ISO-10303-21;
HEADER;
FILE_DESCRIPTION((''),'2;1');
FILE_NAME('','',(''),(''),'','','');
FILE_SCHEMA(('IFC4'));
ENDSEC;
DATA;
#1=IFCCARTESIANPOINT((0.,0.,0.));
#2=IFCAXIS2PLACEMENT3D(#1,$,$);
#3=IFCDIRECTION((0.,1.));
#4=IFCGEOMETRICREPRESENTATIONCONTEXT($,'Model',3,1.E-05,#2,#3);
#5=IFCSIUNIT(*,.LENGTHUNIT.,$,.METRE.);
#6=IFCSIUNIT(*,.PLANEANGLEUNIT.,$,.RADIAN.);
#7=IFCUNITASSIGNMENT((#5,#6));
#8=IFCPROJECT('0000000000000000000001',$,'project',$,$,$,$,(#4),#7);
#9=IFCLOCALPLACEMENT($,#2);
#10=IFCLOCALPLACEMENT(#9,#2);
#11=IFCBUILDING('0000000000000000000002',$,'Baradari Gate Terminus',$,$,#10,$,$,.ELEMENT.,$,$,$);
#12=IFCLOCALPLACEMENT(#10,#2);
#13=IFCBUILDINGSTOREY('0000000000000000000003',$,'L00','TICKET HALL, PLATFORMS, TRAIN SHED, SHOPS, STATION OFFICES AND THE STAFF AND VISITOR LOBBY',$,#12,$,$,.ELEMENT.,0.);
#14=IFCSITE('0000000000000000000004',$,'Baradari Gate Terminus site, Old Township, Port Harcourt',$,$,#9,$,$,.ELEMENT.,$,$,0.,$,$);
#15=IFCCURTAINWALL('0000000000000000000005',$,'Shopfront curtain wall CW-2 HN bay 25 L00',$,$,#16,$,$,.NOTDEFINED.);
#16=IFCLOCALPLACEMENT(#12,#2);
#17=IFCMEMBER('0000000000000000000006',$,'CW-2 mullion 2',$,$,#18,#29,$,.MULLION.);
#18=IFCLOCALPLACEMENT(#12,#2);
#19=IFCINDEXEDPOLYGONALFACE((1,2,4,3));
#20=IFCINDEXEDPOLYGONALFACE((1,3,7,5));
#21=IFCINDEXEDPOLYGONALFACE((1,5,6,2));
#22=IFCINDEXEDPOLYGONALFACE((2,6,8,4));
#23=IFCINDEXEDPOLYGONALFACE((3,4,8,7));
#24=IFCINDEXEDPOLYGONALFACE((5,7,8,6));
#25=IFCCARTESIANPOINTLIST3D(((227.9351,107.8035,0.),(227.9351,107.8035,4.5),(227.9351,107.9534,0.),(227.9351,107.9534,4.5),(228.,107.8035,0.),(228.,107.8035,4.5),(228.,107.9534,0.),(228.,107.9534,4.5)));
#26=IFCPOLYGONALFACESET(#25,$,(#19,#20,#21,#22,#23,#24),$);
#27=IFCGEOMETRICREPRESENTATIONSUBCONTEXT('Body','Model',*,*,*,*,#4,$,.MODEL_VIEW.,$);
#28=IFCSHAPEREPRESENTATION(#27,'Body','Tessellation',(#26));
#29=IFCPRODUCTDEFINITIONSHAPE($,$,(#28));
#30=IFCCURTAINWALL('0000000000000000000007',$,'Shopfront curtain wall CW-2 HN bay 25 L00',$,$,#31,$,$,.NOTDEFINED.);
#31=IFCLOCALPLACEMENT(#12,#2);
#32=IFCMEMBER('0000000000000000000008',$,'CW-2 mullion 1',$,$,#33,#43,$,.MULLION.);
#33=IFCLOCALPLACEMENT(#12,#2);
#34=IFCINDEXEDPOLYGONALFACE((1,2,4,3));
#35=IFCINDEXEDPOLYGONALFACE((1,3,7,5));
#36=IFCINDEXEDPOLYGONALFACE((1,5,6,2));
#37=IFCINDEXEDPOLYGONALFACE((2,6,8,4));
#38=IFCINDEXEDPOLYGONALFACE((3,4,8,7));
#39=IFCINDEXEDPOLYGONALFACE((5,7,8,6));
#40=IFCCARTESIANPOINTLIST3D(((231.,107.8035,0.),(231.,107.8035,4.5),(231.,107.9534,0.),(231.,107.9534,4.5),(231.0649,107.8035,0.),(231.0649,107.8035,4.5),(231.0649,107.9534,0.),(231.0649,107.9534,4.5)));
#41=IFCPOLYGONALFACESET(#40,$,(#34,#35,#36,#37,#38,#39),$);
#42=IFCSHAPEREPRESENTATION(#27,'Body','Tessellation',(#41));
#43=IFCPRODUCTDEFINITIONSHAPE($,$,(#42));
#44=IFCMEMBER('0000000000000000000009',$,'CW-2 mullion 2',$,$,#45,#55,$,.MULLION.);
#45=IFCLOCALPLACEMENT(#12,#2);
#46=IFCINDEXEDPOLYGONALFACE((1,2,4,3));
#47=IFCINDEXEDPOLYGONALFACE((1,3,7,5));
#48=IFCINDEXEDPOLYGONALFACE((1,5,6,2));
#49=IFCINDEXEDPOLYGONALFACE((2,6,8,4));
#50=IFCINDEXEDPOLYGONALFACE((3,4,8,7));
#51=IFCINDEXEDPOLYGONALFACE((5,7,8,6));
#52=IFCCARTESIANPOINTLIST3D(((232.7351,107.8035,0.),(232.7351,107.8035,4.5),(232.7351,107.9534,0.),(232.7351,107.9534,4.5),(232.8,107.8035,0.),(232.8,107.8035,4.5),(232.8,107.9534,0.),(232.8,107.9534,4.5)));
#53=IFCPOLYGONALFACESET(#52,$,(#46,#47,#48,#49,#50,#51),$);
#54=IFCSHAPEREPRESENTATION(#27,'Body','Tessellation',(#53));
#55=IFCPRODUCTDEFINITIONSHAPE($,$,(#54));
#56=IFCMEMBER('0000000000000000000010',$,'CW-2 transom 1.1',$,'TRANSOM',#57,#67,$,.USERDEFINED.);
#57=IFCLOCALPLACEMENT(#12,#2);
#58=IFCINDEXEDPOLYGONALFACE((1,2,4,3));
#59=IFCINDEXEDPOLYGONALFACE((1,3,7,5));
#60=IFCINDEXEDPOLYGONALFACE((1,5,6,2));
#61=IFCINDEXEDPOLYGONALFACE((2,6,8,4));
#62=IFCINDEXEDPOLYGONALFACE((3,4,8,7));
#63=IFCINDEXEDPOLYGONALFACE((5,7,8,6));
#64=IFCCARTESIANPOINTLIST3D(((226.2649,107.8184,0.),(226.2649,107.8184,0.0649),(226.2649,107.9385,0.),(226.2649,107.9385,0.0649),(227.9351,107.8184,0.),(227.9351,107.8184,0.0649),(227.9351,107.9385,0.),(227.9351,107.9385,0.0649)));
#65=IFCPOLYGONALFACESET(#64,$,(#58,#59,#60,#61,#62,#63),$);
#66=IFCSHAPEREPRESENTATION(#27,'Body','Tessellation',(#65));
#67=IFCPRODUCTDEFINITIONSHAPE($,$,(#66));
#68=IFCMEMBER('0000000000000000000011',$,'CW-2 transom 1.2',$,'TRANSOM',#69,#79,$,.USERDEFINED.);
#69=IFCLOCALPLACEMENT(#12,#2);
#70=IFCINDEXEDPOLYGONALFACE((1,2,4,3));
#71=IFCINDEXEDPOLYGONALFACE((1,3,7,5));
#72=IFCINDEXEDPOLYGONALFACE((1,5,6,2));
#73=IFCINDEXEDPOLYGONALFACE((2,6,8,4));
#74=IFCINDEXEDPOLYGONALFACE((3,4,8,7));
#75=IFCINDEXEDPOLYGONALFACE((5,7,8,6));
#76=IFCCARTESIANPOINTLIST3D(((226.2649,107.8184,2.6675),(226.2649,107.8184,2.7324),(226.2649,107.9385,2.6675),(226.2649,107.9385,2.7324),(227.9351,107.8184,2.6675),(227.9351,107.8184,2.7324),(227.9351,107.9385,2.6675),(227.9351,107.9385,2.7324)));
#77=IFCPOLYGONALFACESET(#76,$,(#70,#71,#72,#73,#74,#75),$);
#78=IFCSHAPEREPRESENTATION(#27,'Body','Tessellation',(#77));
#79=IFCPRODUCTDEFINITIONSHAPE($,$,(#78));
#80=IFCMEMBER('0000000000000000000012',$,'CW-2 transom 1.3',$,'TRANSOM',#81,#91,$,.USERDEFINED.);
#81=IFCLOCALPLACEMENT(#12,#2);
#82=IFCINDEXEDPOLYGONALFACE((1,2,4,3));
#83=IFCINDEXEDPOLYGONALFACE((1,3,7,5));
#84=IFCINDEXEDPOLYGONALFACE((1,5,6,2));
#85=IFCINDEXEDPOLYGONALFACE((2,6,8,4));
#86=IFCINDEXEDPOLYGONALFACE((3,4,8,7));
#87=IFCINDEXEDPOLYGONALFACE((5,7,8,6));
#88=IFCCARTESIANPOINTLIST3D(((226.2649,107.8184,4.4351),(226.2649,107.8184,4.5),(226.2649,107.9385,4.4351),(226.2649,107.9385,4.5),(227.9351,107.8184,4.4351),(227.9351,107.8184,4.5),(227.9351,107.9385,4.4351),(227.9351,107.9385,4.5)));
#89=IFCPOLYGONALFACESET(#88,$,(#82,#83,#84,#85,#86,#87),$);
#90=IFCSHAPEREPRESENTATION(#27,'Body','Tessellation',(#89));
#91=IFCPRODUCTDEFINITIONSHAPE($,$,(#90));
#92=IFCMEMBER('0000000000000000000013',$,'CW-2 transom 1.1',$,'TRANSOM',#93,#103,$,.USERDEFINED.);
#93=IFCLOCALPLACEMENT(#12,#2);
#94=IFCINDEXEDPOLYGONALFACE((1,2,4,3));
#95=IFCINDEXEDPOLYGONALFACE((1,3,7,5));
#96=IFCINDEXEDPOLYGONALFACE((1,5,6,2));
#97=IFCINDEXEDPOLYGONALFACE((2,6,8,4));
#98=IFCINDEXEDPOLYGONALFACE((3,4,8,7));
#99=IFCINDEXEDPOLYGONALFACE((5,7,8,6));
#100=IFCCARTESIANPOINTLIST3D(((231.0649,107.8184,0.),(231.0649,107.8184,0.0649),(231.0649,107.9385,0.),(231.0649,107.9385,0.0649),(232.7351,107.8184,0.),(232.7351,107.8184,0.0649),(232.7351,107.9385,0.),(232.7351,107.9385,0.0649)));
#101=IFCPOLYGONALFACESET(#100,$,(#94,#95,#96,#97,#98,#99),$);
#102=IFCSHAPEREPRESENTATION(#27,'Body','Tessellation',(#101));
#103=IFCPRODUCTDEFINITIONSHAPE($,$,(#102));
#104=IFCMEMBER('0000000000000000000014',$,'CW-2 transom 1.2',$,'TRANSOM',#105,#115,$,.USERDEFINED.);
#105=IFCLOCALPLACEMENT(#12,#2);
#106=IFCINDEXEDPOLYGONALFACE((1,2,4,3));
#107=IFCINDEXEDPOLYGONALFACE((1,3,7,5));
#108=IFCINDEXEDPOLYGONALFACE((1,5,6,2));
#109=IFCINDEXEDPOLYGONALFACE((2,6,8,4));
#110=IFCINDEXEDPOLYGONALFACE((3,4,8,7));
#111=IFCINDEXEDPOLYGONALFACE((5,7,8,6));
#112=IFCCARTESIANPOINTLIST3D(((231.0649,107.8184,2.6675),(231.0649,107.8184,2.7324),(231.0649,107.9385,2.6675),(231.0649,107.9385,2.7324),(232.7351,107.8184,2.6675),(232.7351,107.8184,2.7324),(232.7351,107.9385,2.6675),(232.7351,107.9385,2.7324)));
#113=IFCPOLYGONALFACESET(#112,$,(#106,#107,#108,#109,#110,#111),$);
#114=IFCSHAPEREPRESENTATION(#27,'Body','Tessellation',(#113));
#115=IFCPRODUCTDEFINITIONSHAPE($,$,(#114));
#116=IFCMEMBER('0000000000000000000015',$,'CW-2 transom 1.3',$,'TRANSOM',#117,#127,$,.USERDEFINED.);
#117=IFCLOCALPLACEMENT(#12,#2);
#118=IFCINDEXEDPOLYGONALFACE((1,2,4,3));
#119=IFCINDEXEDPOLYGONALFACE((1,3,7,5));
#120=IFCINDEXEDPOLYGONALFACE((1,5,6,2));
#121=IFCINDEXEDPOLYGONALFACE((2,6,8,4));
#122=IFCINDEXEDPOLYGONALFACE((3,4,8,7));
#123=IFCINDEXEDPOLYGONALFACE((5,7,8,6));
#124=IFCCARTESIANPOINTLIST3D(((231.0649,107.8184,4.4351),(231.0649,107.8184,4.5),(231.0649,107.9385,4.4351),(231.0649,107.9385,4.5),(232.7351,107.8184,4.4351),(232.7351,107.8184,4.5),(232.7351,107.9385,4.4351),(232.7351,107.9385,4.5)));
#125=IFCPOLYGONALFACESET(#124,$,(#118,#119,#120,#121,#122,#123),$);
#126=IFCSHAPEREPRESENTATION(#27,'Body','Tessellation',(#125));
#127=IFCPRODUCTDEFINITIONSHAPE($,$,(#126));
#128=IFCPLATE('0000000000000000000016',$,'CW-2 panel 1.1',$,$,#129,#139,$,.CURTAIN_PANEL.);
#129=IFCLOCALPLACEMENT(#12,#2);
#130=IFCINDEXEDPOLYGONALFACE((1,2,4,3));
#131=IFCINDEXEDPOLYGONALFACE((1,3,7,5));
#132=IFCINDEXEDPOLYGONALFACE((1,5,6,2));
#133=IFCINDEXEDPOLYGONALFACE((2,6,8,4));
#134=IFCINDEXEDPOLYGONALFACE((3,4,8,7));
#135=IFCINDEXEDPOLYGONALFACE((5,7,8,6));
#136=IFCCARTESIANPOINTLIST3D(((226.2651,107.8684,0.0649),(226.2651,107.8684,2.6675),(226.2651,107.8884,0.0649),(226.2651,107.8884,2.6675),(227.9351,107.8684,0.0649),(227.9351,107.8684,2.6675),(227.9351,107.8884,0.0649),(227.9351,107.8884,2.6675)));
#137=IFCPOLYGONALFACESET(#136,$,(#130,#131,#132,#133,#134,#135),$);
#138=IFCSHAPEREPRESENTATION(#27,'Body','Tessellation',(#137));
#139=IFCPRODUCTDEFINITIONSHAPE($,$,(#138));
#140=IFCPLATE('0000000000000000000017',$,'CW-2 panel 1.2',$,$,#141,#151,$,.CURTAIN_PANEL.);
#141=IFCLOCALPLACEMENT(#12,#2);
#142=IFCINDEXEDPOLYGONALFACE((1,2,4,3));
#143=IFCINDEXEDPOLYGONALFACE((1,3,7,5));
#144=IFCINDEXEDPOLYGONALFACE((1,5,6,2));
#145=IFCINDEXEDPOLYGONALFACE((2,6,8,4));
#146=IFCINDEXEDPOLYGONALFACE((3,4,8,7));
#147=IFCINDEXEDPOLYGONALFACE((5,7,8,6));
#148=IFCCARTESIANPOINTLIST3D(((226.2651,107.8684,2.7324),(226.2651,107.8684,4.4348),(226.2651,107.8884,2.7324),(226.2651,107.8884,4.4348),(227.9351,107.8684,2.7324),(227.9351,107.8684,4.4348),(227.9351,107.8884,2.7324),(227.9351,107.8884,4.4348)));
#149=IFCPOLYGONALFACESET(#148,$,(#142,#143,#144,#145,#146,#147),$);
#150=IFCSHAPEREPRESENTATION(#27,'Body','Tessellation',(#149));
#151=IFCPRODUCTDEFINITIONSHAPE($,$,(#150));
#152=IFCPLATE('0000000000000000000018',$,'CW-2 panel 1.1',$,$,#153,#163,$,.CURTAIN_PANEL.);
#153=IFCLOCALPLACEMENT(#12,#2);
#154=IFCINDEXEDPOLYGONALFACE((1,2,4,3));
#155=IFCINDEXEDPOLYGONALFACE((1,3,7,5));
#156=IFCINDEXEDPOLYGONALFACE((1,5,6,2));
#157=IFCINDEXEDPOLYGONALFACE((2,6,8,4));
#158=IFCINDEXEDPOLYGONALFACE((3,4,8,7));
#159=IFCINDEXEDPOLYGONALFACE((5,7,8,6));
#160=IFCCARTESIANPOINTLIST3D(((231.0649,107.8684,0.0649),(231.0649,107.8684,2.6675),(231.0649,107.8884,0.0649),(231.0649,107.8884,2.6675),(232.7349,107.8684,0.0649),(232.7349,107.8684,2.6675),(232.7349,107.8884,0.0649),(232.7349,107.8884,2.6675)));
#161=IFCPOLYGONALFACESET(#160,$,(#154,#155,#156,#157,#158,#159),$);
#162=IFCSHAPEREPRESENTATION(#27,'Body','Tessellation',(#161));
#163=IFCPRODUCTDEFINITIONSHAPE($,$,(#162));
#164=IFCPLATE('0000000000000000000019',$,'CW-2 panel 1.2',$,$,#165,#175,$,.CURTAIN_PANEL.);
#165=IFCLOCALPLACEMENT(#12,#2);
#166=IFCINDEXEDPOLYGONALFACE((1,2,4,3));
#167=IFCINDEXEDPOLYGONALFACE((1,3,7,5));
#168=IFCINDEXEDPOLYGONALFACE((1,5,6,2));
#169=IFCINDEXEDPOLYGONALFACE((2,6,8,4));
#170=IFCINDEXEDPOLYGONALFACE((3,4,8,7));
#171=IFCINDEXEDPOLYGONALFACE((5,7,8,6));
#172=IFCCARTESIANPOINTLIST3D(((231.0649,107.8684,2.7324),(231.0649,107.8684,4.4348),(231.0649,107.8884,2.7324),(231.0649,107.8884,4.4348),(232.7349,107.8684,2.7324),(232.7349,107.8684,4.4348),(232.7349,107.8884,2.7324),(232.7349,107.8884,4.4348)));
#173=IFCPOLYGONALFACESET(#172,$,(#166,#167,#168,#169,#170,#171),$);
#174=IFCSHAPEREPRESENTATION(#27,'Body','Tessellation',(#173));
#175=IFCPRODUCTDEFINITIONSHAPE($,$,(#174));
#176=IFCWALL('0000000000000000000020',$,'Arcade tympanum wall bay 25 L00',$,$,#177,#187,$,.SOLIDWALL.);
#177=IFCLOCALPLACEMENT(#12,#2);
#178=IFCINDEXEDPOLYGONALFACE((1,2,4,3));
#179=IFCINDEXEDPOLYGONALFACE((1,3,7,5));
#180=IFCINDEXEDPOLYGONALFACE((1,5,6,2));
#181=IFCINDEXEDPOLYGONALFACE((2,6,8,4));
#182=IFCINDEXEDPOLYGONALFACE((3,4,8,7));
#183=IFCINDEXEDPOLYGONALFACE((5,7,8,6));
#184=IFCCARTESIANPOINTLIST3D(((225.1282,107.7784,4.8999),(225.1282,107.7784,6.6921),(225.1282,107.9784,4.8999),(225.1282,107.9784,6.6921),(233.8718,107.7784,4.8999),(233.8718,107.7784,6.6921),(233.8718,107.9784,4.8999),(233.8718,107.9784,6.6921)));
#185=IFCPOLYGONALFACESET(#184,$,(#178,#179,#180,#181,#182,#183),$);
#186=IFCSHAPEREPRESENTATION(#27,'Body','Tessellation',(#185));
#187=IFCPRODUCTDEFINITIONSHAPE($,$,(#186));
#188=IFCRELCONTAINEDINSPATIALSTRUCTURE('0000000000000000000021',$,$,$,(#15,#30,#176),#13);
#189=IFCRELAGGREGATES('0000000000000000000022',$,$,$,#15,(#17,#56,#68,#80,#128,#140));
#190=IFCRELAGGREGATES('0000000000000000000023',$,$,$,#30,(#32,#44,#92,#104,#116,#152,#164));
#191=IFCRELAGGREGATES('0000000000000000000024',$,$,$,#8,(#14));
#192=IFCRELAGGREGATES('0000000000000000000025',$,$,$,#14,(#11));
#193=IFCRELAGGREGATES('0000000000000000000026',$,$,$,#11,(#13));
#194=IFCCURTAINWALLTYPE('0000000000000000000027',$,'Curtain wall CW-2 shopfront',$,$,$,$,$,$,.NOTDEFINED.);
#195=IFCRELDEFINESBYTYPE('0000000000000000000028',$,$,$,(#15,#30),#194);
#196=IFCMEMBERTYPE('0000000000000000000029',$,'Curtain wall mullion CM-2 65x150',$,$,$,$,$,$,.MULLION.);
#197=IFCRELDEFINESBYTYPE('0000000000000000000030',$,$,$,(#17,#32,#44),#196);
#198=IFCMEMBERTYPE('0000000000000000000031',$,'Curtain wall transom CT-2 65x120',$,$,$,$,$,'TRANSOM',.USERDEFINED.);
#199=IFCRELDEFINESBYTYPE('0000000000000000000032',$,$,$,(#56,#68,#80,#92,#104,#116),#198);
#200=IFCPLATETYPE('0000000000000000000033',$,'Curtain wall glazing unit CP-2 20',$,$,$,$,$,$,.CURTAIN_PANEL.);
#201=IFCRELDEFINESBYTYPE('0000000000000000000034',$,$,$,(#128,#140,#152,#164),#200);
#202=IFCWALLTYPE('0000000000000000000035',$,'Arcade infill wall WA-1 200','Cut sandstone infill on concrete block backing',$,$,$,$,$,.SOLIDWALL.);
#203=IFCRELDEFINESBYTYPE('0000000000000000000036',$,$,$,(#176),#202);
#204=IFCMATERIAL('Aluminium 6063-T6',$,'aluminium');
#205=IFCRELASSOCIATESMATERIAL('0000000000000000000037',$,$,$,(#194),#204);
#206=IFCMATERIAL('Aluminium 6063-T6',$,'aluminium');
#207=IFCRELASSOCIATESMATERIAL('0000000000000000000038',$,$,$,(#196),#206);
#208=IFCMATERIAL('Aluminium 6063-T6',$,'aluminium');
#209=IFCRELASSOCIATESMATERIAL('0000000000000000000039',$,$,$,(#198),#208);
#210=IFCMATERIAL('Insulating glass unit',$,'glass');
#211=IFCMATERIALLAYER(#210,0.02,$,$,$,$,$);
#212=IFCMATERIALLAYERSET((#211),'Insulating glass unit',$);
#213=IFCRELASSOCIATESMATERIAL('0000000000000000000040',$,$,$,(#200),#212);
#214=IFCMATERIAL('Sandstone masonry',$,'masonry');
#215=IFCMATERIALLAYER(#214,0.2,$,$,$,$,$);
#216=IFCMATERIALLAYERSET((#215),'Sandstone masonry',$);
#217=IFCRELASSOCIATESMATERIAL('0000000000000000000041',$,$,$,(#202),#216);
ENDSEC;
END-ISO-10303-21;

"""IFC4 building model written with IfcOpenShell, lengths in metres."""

from ifc_helpers import new_model, si_unit, direction, frame, frame_2d, origin, origin_2d, place, context, subcontext, project, spatial, rectangle, extrude, material, layer, layer_set, material_profile, profile_set, type_object, element, aggregate, save


model = new_model("IFC4")

# Units and contexts
model_context = context("Model", 3, precision=1e-05, world=origin(), true_north=direction((0.0, 1.0)))
body_context = subcontext(model_context, "Body", "Model", "MODEL_VIEW")
ifc_project = project(units=[si_unit("LENGTHUNIT", "METRE"), si_unit("PLANEANGLEUNIT", "RADIAN")], contexts=[model_context])

# Site, building, storey
site_placement = place(None, origin())
site = spatial("IfcSite", under=ifc_project, at=site_placement, Name="Baradari Gate Terminus site, Old Township, Port Harcourt", CompositionType="ELEMENT", RefElevation=0.0)
building_placement = place(site_placement, origin())
building = spatial("IfcBuilding", under=site, at=building_placement, Name="Baradari Gate Terminus", CompositionType="ELEMENT")
storey_placement = place(building_placement, origin())
storey = spatial("IfcBuildingStorey", under=building, at=storey_placement, Name="L00", Description="TICKET HALL, PLATFORMS, TRAIN SHED, SHOPS, STATION OFFICES AND THE STAFF AND VISITOR LOBBY", CompositionType="ELEMENT", Elevation=0.0)

# Curtain walls, members
ifc_material_1 = material(Name="Aluminium 6063-T6", Category="aluminium")
curtain_wall_type = type_object("IfcCurtainWallType", Name="Curtain wall CW-2 shopfront", PredefinedType="NOTDEFINED", material=ifc_material_1)
curtain_wall_1_placement = place(storey_placement, origin())
curtain_wall_1 = element("IfcCurtainWall", 1, at=curtain_wall_1_placement, inside=storey, type_object=curtain_wall_type, Name="Shopfront curtain wall CW-2 HN bay 25 L00", PredefinedType="NOTDEFINED")
ifc_material_2 = material(Name="Aluminium 6063-T6", Category="aluminium")
ifc_material_profile_1 = material_profile(ifc_material_2, rectangle(XDim=0.1499, YDim=0.0649, at=origin_2d()), Name="CM-2 65X150")
ifc_profile_set_1 = profile_set([ifc_material_profile_1], Name="Aluminium 6063-T6")
member_type_1 = type_object("IfcMemberType", Name="Curtain wall mullion CM-2 65x150", PredefinedType="MULLION", material=ifc_profile_set_1)
member_1_placement = place(storey_placement, frame((227.9675, 107.8784, 0.0), z_axis=(0.0, 0.0, 1.0), x_axis=(0.0, 1.0, 0.0)))
member_1 = element("IfcMember", 2, at=member_1_placement, type_object=member_type_1, Name="CW-2 mullion 2", PredefinedType="MULLION", context=body_context, shape_type="SweptSolid", body=[
    extrude(rectangle(XDim=0.1499, YDim=0.0649, at=origin_2d()), origin(), (0.0, 0.0, 1.0), 4.5),
])
curtain_wall_2_placement = place(storey_placement, origin())
curtain_wall_2 = element("IfcCurtainWall", 3, at=curtain_wall_2_placement, inside=storey, type_object=curtain_wall_type, Name="Shopfront curtain wall CW-2 HN bay 25 L00", PredefinedType="NOTDEFINED")
member_2_placement = place(storey_placement, frame((231.0325, 107.8784, 0.0), z_axis=(0.0, 0.0, 1.0), x_axis=(0.0, 1.0, 0.0)))
member_2 = element("IfcMember", 4, at=member_2_placement, type_object=member_type_1, Name="CW-2 mullion 1", PredefinedType="MULLION", context=body_context, shape_type="SweptSolid", body=[
    extrude(rectangle(XDim=0.1499, YDim=0.0649, at=origin_2d()), origin(), (0.0, 0.0, 1.0), 4.5),
])
member_3_placement = place(storey_placement, frame((232.7676, 107.8784, 0.0), z_axis=(0.0, 0.0, 1.0), x_axis=(0.0, 1.0, 0.0)))
member_3 = element("IfcMember", 5, at=member_3_placement, type_object=member_type_1, Name="CW-2 mullion 2", PredefinedType="MULLION", context=body_context, shape_type="SweptSolid", body=[
    extrude(rectangle(XDim=0.1499, YDim=0.0649, at=origin_2d()), origin(), (0.0, 0.0, 1.0), 4.5),
])

# Members
ifc_material_3 = material(Name="Aluminium 6063-T6", Category="aluminium")
ifc_material_profile_2 = material_profile(ifc_material_3, rectangle(XDim=0.1201, YDim=0.0649, at=origin_2d()), Name="CT-2 65X120")
ifc_profile_set_2 = profile_set([ifc_material_profile_2], Name="Aluminium 6063-T6")
member_type_2 = type_object("IfcMemberType", Name="Curtain wall transom CT-2 65x120", ElementType="TRANSOM", PredefinedType="USERDEFINED", material=ifc_profile_set_2)
member_4_placement = place(storey_placement, frame((226.2649, 107.8784, 0.0325), z_axis=(1.0, 0.0, 0.0), x_axis=(0.0, 1.0, 0.0)))
member_4 = element("IfcMember", 6, at=member_4_placement, type_object=member_type_2, Name="CW-2 transom 1.1", ObjectType="TRANSOM", PredefinedType="USERDEFINED", context=body_context, shape_type="SweptSolid", body=[
    extrude(rectangle(XDim=0.1201, YDim=0.0649, at=origin_2d()), origin(), (0.0, 0.0, 1.0), 1.6702),
])
member_5_placement = place(storey_placement, frame((226.2649, 107.8784, 2.7), z_axis=(1.0, 0.0, 0.0), x_axis=(0.0, 1.0, 0.0)))
member_5 = element("IfcMember", 7, at=member_5_placement, type_object=member_type_2, Name="CW-2 transom 1.2", ObjectType="TRANSOM", PredefinedType="USERDEFINED", context=body_context, shape_type="SweptSolid", body=[
    extrude(rectangle(XDim=0.1201, YDim=0.0649, at=origin_2d()), origin(), (0.0, 0.0, 1.0), 1.6702),
])
member_6_placement = place(storey_placement, frame((226.2649, 107.8784, 4.4675), z_axis=(1.0, 0.0, 0.0), x_axis=(0.0, 1.0, 0.0)))
member_6 = element("IfcMember", 8, at=member_6_placement, type_object=member_type_2, Name="CW-2 transom 1.3", ObjectType="TRANSOM", PredefinedType="USERDEFINED", context=body_context, shape_type="SweptSolid", body=[
    extrude(rectangle(XDim=0.1201, YDim=0.0649, at=origin_2d()), origin(), (0.0, 0.0, 1.0), 1.6702),
])
member_7_placement = place(storey_placement, frame((231.0649, 107.8784, 0.0325), z_axis=(1.0, 0.0, 0.0), x_axis=(0.0, 1.0, 0.0)))
member_7 = element("IfcMember", 9, at=member_7_placement, type_object=member_type_2, Name="CW-2 transom 1.1", ObjectType="TRANSOM", PredefinedType="USERDEFINED", context=body_context, shape_type="SweptSolid", body=[
    extrude(rectangle(XDim=0.1201, YDim=0.0649, at=origin_2d()), origin(), (0.0, 0.0, 1.0), 1.6702),
])
member_8_placement = place(storey_placement, frame((231.0649, 107.8784, 2.7), z_axis=(1.0, 0.0, 0.0), x_axis=(0.0, 1.0, 0.0)))
member_8 = element("IfcMember", 10, at=member_8_placement, type_object=member_type_2, Name="CW-2 transom 1.2", ObjectType="TRANSOM", PredefinedType="USERDEFINED", context=body_context, shape_type="SweptSolid", body=[
    extrude(rectangle(XDim=0.1201, YDim=0.0649, at=origin_2d()), origin(), (0.0, 0.0, 1.0), 1.6702),
])
member_9_placement = place(storey_placement, frame((231.0649, 107.8784, 4.4675), z_axis=(1.0, 0.0, 0.0), x_axis=(0.0, 1.0, 0.0)))
member_9 = element("IfcMember", 11, at=member_9_placement, type_object=member_type_2, Name="CW-2 transom 1.3", ObjectType="TRANSOM", PredefinedType="USERDEFINED", context=body_context, shape_type="SweptSolid", body=[
    extrude(rectangle(XDim=0.1201, YDim=0.0649, at=origin_2d()), origin(), (0.0, 0.0, 1.0), 1.6702),
])

# Plates
ifc_material_4 = material(Name="Insulating glass unit", Category="glass")
ifc_layer_1 = layer(ifc_material_4, 0.02)
ifc_layer_set_1 = layer_set([ifc_layer_1], Name="Insulating glass unit")
plate_type = type_object("IfcPlateType", Name="Curtain wall glazing unit CP-2 20", PredefinedType="CURTAIN_PANEL", material=ifc_layer_set_1)
plate_1_placement = place(storey_placement, frame((227.1001, 107.8784, 0.0649), z_axis=(0.0, 0.0, 1.0), x_axis=(1.0, 0.0, 0.0)))
plate_1 = element("IfcPlate", 12, at=plate_1_placement, type_object=plate_type, Name="CW-2 panel 1.1", PredefinedType="CURTAIN_PANEL", context=body_context, shape_type="SweptSolid", body=[
    extrude(rectangle(XDim=1.6699, YDim=0.02, at=origin_2d()), origin(), (0.0, 0.0, 1.0), 2.6025),
])
plate_2_placement = place(storey_placement, frame((227.1001, 107.8784, 2.7324), z_axis=(0.0, 0.0, 1.0), x_axis=(1.0, 0.0, 0.0)))
plate_2 = element("IfcPlate", 13, at=plate_2_placement, type_object=plate_type, Name="CW-2 panel 1.2", PredefinedType="CURTAIN_PANEL", context=body_context, shape_type="SweptSolid", body=[
    extrude(rectangle(XDim=1.6699, YDim=0.02, at=origin_2d()), origin(), (0.0, 0.0, 1.0), 1.7024),
])
aggregate(curtain_wall_1, [member_1, member_4, member_5, member_6, plate_1, plate_2])
plate_3_placement = place(storey_placement, frame((231.8999, 107.8784, 0.0649), z_axis=(0.0, 0.0, 1.0), x_axis=(1.0, 0.0, 0.0)))
plate_3 = element("IfcPlate", 14, at=plate_3_placement, type_object=plate_type, Name="CW-2 panel 1.1", PredefinedType="CURTAIN_PANEL", context=body_context, shape_type="SweptSolid", body=[
    extrude(rectangle(XDim=1.6699, YDim=0.02, at=origin_2d()), origin(), (0.0, 0.0, 1.0), 2.6025),
])
plate_4_placement = place(storey_placement, frame((231.8999, 107.8784, 2.7324), z_axis=(0.0, 0.0, 1.0), x_axis=(1.0, 0.0, 0.0)))
plate_4 = element("IfcPlate", 15, at=plate_4_placement, type_object=plate_type, Name="CW-2 panel 1.2", PredefinedType="CURTAIN_PANEL", context=body_context, shape_type="SweptSolid", body=[
    extrude(rectangle(XDim=1.6699, YDim=0.02, at=origin_2d()), origin(), (0.0, 0.0, 1.0), 1.7024),
])
aggregate(curtain_wall_2, [member_2, member_3, member_7, member_8, member_9, plate_3, plate_4])

# Wall
ifc_material_5 = material(Name="Sandstone masonry", Category="masonry")
ifc_layer_2 = layer(ifc_material_5, 0.2)
ifc_layer_set_2 = layer_set([ifc_layer_2], Name="Sandstone masonry")
wall_type_1 = type_object("IfcWallType", Name="Arcade infill wall WA-1 200", Description="Cut sandstone infill on concrete block backing", PredefinedType="SOLIDWALL", material=ifc_layer_set_2)
wall_1_placement = place(storey_placement, frame((225.1282, 107.8784, 4.8999), z_axis=(0.0, 0.0, 1.0), x_axis=(1.0, 0.0, 0.0)))
element("IfcWall", 16, at=wall_1_placement, inside=storey, type_object=wall_type_1, Name="Arcade tympanum wall bay 25 L00", PredefinedType="SOLIDWALL", context=body_context, shape_type="SweptSolid", body=[
    extrude(rectangle(XDim=8.7437, YDim=0.2, at=frame_2d((4.3718, 0.0))), origin(), (0.0, 0.0, 1.0), 1.7922),
])

save(model, "model.ifc")
